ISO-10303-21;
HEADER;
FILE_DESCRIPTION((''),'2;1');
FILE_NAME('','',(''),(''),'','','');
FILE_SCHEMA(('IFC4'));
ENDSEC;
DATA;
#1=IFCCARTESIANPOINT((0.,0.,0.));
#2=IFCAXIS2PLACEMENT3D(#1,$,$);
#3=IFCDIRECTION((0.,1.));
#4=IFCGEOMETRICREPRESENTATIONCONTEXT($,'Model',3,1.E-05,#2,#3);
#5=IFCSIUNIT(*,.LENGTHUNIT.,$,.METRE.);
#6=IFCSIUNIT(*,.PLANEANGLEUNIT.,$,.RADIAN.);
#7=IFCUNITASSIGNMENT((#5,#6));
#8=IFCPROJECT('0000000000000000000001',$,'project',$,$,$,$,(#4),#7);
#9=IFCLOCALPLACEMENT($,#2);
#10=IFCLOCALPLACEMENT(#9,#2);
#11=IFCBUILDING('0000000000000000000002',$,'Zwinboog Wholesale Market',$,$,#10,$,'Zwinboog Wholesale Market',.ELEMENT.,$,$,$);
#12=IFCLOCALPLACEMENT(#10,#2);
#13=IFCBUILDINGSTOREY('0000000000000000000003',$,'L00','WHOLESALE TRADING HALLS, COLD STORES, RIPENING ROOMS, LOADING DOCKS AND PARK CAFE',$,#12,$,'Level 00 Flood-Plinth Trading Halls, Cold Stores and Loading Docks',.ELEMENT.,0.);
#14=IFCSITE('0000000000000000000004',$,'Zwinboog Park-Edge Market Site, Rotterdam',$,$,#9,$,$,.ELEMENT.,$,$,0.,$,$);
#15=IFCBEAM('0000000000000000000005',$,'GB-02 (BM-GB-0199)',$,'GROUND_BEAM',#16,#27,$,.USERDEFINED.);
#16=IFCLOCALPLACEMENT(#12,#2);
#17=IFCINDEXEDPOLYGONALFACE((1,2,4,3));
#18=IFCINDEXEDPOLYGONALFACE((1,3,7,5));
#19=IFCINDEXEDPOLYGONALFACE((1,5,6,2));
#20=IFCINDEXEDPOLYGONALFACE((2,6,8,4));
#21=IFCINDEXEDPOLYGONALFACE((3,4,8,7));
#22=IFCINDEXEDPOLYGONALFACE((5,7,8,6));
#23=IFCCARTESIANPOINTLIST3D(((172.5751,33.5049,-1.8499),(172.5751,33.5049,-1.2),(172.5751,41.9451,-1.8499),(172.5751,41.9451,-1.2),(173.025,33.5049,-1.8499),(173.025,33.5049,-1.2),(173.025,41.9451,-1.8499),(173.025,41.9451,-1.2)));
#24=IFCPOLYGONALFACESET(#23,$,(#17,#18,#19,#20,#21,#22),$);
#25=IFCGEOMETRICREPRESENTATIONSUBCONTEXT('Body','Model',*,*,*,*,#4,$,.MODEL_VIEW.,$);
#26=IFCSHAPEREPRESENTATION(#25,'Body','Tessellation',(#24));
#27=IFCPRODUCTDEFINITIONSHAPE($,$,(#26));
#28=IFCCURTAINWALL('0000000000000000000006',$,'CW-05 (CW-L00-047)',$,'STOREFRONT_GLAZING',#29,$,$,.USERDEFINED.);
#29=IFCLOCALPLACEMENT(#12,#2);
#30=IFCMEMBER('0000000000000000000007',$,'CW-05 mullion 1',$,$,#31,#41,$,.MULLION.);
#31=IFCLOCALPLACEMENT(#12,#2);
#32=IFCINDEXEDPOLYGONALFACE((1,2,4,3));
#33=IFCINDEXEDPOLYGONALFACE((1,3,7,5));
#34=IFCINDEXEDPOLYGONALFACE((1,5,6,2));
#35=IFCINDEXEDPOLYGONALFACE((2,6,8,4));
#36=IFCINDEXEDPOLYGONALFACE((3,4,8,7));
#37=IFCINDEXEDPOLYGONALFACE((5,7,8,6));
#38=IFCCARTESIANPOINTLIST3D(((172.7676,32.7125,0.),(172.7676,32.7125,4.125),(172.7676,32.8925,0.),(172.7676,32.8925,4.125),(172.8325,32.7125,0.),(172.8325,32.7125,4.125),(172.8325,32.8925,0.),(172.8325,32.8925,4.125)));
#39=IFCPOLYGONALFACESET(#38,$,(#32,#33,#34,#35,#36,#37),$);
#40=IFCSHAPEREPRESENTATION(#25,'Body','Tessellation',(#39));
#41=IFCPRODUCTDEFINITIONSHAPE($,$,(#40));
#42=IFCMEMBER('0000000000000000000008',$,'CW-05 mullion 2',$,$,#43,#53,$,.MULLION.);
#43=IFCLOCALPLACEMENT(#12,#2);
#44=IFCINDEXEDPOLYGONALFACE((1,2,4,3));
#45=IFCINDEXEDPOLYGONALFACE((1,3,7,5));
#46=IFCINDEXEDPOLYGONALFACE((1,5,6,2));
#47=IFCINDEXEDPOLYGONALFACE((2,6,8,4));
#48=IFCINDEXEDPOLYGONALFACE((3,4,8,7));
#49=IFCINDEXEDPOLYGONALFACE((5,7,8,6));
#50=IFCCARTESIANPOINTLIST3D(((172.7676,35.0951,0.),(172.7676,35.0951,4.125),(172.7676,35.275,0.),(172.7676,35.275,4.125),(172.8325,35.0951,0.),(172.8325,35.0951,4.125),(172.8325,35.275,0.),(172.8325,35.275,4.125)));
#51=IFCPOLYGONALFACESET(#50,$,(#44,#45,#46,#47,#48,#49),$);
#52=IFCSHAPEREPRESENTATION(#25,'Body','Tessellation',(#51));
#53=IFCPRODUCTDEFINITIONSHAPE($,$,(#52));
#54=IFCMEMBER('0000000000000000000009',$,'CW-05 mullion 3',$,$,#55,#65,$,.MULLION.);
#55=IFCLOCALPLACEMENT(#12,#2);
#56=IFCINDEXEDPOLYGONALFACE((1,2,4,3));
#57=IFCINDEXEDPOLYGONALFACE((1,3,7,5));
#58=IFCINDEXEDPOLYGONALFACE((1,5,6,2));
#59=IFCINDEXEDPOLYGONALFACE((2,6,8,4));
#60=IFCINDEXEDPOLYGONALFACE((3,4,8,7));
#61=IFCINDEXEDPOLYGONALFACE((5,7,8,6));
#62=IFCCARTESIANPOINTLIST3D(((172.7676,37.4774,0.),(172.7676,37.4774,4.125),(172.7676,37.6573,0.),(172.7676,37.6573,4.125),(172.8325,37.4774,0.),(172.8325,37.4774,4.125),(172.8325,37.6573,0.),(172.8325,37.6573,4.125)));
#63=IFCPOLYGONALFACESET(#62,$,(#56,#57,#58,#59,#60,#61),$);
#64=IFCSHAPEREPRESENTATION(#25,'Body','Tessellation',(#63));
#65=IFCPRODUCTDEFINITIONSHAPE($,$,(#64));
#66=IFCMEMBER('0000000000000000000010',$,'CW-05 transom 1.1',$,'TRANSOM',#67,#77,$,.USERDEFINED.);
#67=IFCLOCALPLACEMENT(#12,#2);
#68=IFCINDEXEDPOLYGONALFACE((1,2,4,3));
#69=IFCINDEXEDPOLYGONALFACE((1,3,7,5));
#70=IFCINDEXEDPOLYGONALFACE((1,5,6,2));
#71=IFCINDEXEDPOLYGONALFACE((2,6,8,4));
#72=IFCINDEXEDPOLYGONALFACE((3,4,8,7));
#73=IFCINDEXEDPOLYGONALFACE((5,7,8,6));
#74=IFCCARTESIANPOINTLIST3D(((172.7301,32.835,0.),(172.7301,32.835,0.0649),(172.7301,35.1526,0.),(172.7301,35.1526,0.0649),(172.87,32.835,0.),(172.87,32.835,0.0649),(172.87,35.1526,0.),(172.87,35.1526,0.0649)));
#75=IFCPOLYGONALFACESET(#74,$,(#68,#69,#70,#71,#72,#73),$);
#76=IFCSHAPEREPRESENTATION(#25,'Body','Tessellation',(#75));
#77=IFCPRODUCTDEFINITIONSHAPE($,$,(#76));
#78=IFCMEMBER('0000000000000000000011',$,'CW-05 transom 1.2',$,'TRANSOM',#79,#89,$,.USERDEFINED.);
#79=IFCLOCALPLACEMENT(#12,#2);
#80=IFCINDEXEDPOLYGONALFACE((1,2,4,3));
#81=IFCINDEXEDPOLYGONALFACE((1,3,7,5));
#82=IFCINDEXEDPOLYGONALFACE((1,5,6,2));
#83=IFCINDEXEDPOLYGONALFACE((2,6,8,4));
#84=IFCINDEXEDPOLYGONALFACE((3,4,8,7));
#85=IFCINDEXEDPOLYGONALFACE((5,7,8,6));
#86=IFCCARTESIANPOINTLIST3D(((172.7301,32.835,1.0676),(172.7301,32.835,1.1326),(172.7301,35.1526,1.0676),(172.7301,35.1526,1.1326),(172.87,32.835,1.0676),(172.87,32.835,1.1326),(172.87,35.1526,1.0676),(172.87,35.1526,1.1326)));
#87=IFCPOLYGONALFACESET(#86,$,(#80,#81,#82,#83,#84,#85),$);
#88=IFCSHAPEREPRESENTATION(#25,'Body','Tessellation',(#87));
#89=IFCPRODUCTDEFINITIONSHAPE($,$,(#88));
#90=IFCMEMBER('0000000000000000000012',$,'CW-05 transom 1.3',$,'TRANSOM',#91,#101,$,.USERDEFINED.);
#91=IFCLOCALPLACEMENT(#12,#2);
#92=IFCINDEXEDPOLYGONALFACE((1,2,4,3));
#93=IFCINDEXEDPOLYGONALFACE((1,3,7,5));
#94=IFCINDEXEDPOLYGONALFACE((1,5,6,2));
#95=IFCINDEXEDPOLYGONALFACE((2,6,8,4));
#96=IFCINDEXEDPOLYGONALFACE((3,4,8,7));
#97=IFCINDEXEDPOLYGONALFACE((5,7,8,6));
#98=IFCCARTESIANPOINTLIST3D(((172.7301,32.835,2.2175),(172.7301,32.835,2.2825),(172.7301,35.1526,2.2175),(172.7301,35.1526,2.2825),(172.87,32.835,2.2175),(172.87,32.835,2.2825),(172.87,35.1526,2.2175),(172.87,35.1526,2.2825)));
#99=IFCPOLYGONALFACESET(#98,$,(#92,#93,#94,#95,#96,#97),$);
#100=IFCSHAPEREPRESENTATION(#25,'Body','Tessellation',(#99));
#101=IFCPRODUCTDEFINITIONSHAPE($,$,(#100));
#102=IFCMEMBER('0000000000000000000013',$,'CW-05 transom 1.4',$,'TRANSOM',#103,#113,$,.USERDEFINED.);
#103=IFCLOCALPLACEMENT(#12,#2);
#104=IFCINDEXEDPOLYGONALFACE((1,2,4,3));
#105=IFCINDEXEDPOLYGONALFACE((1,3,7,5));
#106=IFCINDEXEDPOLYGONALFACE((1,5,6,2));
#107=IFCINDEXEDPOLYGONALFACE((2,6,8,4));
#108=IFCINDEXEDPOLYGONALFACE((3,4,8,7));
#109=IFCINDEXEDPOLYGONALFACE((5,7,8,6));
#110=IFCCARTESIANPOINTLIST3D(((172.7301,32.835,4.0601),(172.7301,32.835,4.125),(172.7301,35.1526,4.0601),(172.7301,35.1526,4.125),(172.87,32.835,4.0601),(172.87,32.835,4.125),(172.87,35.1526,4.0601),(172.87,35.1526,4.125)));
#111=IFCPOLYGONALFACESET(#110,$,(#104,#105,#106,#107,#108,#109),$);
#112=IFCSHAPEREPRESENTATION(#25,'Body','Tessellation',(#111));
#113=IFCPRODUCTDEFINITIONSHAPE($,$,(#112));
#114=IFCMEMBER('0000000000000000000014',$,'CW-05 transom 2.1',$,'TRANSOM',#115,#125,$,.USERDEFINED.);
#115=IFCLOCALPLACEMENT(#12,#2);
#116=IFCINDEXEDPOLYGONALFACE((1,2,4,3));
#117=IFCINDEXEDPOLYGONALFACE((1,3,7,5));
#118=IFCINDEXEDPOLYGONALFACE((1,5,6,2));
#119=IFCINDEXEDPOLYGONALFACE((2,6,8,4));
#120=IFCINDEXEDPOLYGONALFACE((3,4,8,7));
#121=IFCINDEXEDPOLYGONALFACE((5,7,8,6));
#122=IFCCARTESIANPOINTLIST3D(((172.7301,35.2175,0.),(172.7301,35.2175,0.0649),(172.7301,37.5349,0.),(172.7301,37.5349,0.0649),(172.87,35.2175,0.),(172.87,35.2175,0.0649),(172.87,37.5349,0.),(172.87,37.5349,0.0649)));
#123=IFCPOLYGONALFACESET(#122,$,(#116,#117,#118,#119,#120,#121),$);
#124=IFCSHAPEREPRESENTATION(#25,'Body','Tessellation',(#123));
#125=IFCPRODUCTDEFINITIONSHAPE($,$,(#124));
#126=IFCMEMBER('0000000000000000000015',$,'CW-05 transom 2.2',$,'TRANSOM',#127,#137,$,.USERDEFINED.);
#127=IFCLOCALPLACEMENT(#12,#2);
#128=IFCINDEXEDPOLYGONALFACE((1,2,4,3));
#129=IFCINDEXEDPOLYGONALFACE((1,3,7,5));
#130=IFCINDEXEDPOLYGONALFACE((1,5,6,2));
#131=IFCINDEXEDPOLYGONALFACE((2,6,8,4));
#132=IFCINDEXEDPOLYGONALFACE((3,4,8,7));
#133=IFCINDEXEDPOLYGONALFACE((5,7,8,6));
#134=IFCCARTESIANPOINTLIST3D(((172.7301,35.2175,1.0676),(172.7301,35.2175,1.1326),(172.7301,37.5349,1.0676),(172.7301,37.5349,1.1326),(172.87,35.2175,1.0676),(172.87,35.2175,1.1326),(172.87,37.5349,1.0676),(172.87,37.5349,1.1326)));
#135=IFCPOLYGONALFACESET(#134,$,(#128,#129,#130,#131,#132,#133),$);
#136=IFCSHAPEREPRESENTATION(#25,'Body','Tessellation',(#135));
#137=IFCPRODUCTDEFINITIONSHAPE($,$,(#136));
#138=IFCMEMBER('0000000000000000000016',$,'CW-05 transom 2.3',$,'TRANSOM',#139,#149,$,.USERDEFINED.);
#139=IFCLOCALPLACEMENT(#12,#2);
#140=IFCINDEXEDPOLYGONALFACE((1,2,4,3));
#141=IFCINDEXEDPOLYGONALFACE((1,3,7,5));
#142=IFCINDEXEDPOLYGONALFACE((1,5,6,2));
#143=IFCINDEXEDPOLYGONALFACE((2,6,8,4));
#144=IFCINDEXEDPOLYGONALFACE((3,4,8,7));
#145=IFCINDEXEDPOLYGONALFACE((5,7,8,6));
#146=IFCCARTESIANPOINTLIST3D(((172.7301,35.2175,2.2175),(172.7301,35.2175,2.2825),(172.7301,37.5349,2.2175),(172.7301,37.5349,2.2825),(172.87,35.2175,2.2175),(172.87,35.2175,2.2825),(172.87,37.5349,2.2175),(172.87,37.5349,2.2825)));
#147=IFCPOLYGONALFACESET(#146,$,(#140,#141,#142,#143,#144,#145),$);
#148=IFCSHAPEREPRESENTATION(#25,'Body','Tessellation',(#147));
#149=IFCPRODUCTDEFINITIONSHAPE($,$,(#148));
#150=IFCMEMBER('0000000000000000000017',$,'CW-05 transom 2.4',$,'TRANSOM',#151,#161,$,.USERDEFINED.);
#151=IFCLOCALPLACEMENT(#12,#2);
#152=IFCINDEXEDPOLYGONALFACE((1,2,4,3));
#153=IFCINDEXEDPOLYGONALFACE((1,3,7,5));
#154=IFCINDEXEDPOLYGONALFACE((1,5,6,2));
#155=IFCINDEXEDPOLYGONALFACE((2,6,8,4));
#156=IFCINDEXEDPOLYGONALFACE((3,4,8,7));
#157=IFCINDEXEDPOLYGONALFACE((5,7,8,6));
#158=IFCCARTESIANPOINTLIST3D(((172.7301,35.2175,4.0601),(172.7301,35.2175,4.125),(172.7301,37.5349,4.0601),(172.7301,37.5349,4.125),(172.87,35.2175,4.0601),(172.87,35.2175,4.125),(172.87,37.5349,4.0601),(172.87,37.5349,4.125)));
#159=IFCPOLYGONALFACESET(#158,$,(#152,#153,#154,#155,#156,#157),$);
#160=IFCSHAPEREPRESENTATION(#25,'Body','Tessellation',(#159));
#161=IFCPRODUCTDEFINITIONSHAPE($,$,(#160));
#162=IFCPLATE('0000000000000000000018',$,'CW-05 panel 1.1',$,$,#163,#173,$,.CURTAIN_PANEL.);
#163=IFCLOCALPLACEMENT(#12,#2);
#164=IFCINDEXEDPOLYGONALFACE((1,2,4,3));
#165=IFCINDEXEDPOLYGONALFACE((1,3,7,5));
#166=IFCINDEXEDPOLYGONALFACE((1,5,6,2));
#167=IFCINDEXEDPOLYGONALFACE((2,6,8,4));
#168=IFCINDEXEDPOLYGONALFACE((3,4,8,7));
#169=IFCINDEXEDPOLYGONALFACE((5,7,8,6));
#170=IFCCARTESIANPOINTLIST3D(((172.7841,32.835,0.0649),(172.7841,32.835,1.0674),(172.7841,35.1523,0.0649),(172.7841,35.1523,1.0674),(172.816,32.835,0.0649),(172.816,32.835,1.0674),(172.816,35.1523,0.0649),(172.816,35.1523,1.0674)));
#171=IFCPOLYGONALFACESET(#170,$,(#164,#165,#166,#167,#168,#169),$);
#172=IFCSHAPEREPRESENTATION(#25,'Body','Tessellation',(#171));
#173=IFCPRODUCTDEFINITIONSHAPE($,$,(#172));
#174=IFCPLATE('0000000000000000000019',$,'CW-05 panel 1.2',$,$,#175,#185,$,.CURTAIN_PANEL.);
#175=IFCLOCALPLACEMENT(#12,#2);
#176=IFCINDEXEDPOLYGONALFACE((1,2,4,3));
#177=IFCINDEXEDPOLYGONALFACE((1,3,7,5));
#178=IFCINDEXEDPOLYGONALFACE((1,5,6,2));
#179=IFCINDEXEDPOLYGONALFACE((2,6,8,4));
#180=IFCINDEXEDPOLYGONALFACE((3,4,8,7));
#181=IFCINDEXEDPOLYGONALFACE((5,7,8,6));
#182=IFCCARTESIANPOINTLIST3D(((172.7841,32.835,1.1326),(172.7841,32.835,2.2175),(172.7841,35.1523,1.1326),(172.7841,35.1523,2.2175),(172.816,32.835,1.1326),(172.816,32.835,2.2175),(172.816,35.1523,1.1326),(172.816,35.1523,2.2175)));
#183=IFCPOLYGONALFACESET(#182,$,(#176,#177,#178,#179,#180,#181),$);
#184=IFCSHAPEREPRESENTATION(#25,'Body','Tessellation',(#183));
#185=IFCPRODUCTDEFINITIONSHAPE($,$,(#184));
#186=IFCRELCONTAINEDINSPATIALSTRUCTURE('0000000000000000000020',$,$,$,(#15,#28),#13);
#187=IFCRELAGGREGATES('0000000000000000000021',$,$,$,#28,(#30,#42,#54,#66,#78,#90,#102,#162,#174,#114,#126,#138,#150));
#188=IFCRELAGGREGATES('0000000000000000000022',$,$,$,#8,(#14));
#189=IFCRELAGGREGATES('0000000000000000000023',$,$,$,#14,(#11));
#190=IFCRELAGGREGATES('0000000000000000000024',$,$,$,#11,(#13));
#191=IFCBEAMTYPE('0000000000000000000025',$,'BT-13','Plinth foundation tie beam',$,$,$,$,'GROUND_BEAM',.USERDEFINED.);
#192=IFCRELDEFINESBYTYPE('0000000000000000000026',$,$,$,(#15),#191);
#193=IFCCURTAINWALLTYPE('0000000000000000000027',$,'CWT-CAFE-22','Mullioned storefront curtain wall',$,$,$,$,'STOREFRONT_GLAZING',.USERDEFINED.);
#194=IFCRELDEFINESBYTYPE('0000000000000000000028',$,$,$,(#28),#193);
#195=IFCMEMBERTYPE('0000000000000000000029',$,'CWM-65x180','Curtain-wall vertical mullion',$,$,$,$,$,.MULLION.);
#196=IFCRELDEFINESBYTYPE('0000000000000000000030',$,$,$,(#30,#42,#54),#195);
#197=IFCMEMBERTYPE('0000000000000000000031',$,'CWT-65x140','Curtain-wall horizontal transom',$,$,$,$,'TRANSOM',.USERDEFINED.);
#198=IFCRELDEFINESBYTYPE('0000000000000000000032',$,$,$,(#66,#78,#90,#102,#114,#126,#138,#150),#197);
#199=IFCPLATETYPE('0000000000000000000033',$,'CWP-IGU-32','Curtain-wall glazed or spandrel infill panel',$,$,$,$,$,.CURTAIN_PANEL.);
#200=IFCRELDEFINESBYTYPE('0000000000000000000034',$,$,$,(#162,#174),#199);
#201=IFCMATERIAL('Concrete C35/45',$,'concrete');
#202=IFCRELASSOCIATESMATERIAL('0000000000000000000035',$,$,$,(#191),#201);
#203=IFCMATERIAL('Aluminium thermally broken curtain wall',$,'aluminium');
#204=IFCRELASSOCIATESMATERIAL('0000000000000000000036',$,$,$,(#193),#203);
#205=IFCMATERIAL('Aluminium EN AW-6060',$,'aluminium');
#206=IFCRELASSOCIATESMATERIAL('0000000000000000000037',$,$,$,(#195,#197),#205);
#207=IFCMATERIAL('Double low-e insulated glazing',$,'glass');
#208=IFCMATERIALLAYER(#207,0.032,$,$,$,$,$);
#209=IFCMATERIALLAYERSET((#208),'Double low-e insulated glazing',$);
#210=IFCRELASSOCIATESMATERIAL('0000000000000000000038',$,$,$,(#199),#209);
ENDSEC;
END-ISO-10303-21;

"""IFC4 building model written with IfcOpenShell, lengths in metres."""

from ifc_helpers import new_model, si_unit, direction, frame, origin, origin_2d, place, context, subcontext, project, spatial, rectangle, extrude, material, layer, layer_set, material_profile, profile_set, type_object, element, aggregate, save


model = new_model("IFC4")

# Units and contexts
model_context = context("Model", 3, precision=1e-05, world=origin(), true_north=direction((0.0, 1.0)))
body_context = subcontext(model_context, "Body", "Model", "MODEL_VIEW")
ifc_project = project(units=[si_unit("LENGTHUNIT", "METRE"), si_unit("PLANEANGLEUNIT", "RADIAN")], contexts=[model_context])

# Site, building, storey
site_placement = place(None, origin())
site = spatial("IfcSite", under=ifc_project, at=site_placement, Name="Zwinboog Park-Edge Market Site, Rotterdam", CompositionType="ELEMENT", RefElevation=0.0)
building_placement = place(site_placement, origin())
building = spatial("IfcBuilding", under=site, at=building_placement, Name="Zwinboog Wholesale Market", LongName="Zwinboog Wholesale Market", CompositionType="ELEMENT")
storey_placement = place(building_placement, origin())
storey = spatial("IfcBuildingStorey", under=building, at=storey_placement, Name="L00", Description="WHOLESALE TRADING HALLS, COLD STORES, RIPENING ROOMS, LOADING DOCKS AND PARK CAFE", LongName="Level 00 Flood-Plinth Trading Halls, Cold Stores and Loading Docks", CompositionType="ELEMENT", Elevation=0.0)

# Beam
ifc_material_1 = material(Name="Concrete C35/45", Category="concrete")
ifc_material_profile_1 = material_profile(ifc_material_1, rectangle(XDim=0.45, YDim=0.6499, at=origin_2d()), Name="RC 450x650")
ifc_profile_set_1 = profile_set([ifc_material_profile_1], Name="Concrete C35/45")
beam_type = type_object("IfcBeamType", Name="BT-13", Description="Plinth foundation tie beam", ElementType="GROUND_BEAM", PredefinedType="USERDEFINED", material=ifc_profile_set_1)
beam_placement = place(storey_placement, frame((172.8, 33.5049, -1.5249), z_axis=(0.0, 1.0, 0.0), x_axis=(-1.0, 0.0, 0.0)))
element("IfcBeam", 1, at=beam_placement, inside=storey, type_object=beam_type, Name="GB-02 (BM-GB-0199)", ObjectType="GROUND_BEAM", PredefinedType="USERDEFINED", context=body_context, shape_type="SweptSolid", body=[
    extrude(rectangle(XDim=0.45, YDim=0.6499, at=origin_2d()), origin(), (0.0, 0.0, 1.0), 8.4402),
])

# Curtain wall, members, plates
ifc_material_2 = material(Name="Aluminium thermally broken curtain wall", Category="aluminium")
curtain_wall_type = type_object("IfcCurtainWallType", Name="CWT-CAFE-22", Description="Mullioned storefront curtain wall", ElementType="STOREFRONT_GLAZING", PredefinedType="USERDEFINED", material=ifc_material_2)
curtain_wall_placement = place(storey_placement, origin())
curtain_wall = element("IfcCurtainWall", 2, at=curtain_wall_placement, inside=storey, type_object=curtain_wall_type, Name="CW-05 (CW-L00-047)", ObjectType="STOREFRONT_GLAZING", PredefinedType="USERDEFINED")
ifc_material_3 = material(Name="Aluminium EN AW-6060", Category="aluminium")
ifc_material_profile_2 = material_profile(ifc_material_3, rectangle(XDim=0.0649, YDim=0.1799, at=origin_2d()), Name="AL 65x180")
ifc_profile_set_2 = profile_set([ifc_material_profile_2], Name="Aluminium EN AW-6060")
member_type_1 = type_object("IfcMemberType", Name="CWM-65x180", Description="Curtain-wall vertical mullion", PredefinedType="MULLION", material=ifc_profile_set_2)
member_1_placement = place(storey_placement, frame((172.8, 32.8025, 0.0), z_axis=(0.0, 0.0, 1.0), x_axis=(-1.0, 0.0, 0.0)))
member_1 = element("IfcMember", 3, at=member_1_placement, type_object=member_type_1, Name="CW-05 mullion 1", PredefinedType="MULLION", context=body_context, shape_type="SweptSolid", body=[
    extrude(rectangle(XDim=0.0649, YDim=0.1799, at=origin_2d()), origin(), (0.0, 0.0, 1.0), 4.125),
])
member_2_placement = place(storey_placement, frame((172.8, 35.1851, 0.0), z_axis=(0.0, 0.0, 1.0), x_axis=(-1.0, 0.0, 0.0)))
member_2 = element("IfcMember", 4, at=member_2_placement, type_object=member_type_1, Name="CW-05 mullion 2", PredefinedType="MULLION", context=body_context, shape_type="SweptSolid", body=[
    extrude(rectangle(XDim=0.0649, YDim=0.1799, at=origin_2d()), origin(), (0.0, 0.0, 1.0), 4.125),
])
member_3_placement = place(storey_placement, frame((172.8, 37.5674, 0.0), z_axis=(0.0, 0.0, 1.0), x_axis=(-1.0, 0.0, 0.0)))
member_3 = element("IfcMember", 5, at=member_3_placement, type_object=member_type_1, Name="CW-05 mullion 3", PredefinedType="MULLION", context=body_context, shape_type="SweptSolid", body=[
    extrude(rectangle(XDim=0.0649, YDim=0.1799, at=origin_2d()), origin(), (0.0, 0.0, 1.0), 4.125),
])
ifc_material_profile_3 = material_profile(ifc_material_3, rectangle(XDim=0.1399, YDim=0.0649, at=origin_2d()), Name="AL 65x140")
ifc_profile_set_3 = profile_set([ifc_material_profile_3], Name="Aluminium EN AW-6060")
member_type_2 = type_object("IfcMemberType", Name="CWT-65x140", Description="Curtain-wall horizontal transom", ElementType="TRANSOM", PredefinedType="USERDEFINED", material=ifc_profile_set_3)
member_4_placement = place(storey_placement, frame((172.8, 32.835, 0.0325), z_axis=(0.0, 1.0, 0.0), x_axis=(-1.0, 0.0, 0.0)))
member_4 = element("IfcMember", 6, at=member_4_placement, type_object=member_type_2, Name="CW-05 transom 1.1", ObjectType="TRANSOM", PredefinedType="USERDEFINED", context=body_context, shape_type="SweptSolid", body=[
    extrude(rectangle(XDim=0.1399, YDim=0.0649, at=origin_2d()), origin(), (0.0, 0.0, 1.0), 2.3176),
])
member_5_placement = place(storey_placement, frame((172.8, 32.835, 1.1001), z_axis=(0.0, 1.0, 0.0), x_axis=(-1.0, 0.0, 0.0)))
member_5 = element("IfcMember", 7, at=member_5_placement, type_object=member_type_2, Name="CW-05 transom 1.2", ObjectType="TRANSOM", PredefinedType="USERDEFINED", context=body_context, shape_type="SweptSolid", body=[
    extrude(rectangle(XDim=0.1399, YDim=0.0649, at=origin_2d()), origin(), (0.0, 0.0, 1.0), 2.3176),
])
member_6_placement = place(storey_placement, frame((172.8, 32.835, 2.25), z_axis=(0.0, 1.0, 0.0), x_axis=(-1.0, 0.0, 0.0)))
member_6 = element("IfcMember", 8, at=member_6_placement, type_object=member_type_2, Name="CW-05 transom 1.3", ObjectType="TRANSOM", PredefinedType="USERDEFINED", context=body_context, shape_type="SweptSolid", body=[
    extrude(rectangle(XDim=0.1399, YDim=0.0649, at=origin_2d()), origin(), (0.0, 0.0, 1.0), 2.3176),
])
member_7_placement = place(storey_placement, frame((172.8, 32.835, 4.0925), z_axis=(0.0, 1.0, 0.0), x_axis=(-1.0, 0.0, 0.0)))
member_7 = element("IfcMember", 9, at=member_7_placement, type_object=member_type_2, Name="CW-05 transom 1.4", ObjectType="TRANSOM", PredefinedType="USERDEFINED", context=body_context, shape_type="SweptSolid", body=[
    extrude(rectangle(XDim=0.1399, YDim=0.0649, at=origin_2d()), origin(), (0.0, 0.0, 1.0), 2.3176),
])
member_8_placement = place(storey_placement, frame((172.8, 35.2175, 0.0325), z_axis=(0.0, 1.0, 0.0), x_axis=(-1.0, 0.0, 0.0)))
member_8 = element("IfcMember", 10, at=member_8_placement, type_object=member_type_2, Name="CW-05 transom 2.1", ObjectType="TRANSOM", PredefinedType="USERDEFINED", context=body_context, shape_type="SweptSolid", body=[
    extrude(rectangle(XDim=0.1399, YDim=0.0649, at=origin_2d()), origin(), (0.0, 0.0, 1.0), 2.3174),
])
member_9_placement = place(storey_placement, frame((172.8, 35.2175, 1.1001), z_axis=(0.0, 1.0, 0.0), x_axis=(-1.0, 0.0, 0.0)))
member_9 = element("IfcMember", 11, at=member_9_placement, type_object=member_type_2, Name="CW-05 transom 2.2", ObjectType="TRANSOM", PredefinedType="USERDEFINED", context=body_context, shape_type="SweptSolid", body=[
    extrude(rectangle(XDim=0.1399, YDim=0.0649, at=origin_2d()), origin(), (0.0, 0.0, 1.0), 2.3174),
])
member_10_placement = place(storey_placement, frame((172.8, 35.2175, 2.25), z_axis=(0.0, 1.0, 0.0), x_axis=(-1.0, 0.0, 0.0)))
member_10 = element("IfcMember", 12, at=member_10_placement, type_object=member_type_2, Name="CW-05 transom 2.3", ObjectType="TRANSOM", PredefinedType="USERDEFINED", context=body_context, shape_type="SweptSolid", body=[
    extrude(rectangle(XDim=0.1399, YDim=0.0649, at=origin_2d()), origin(), (0.0, 0.0, 1.0), 2.3174),
])
member_11_placement = place(storey_placement, frame((172.8, 35.2175, 4.0925), z_axis=(0.0, 1.0, 0.0), x_axis=(-1.0, 0.0, 0.0)))
member_11 = element("IfcMember", 13, at=member_11_placement, type_object=member_type_2, Name="CW-05 transom 2.4", ObjectType="TRANSOM", PredefinedType="USERDEFINED", context=body_context, shape_type="SweptSolid", body=[
    extrude(rectangle(XDim=0.1399, YDim=0.0649, at=origin_2d()), origin(), (0.0, 0.0, 1.0), 2.3174),
])
ifc_material_4 = material(Name="Double low-e insulated glazing", Category="glass")
ifc_layer_1 = layer(ifc_material_4, 0.032)
ifc_layer_set_1 = layer_set([ifc_layer_1], Name="Double low-e insulated glazing")
plate_type = type_object("IfcPlateType", Name="CWP-IGU-32", Description="Curtain-wall glazed or spandrel infill panel", PredefinedType="CURTAIN_PANEL", material=ifc_layer_set_1)
plate_1_placement = place(storey_placement, frame((172.8, 33.9937, 0.0649), z_axis=(0.0, 0.0, 1.0), x_axis=(0.0, 1.0, 0.0)))
plate_1 = element("IfcPlate", 14, at=plate_1_placement, type_object=plate_type, Name="CW-05 panel 1.1", PredefinedType="CURTAIN_PANEL", context=body_context, shape_type="SweptSolid", body=[
    extrude(rectangle(XDim=2.3174, YDim=0.032, at=origin_2d()), origin(), (0.0, 0.0, 1.0), 1.0024),
])
plate_2_placement = place(storey_placement, frame((172.8, 33.9937, 1.1326), z_axis=(0.0, 0.0, 1.0), x_axis=(0.0, 1.0, 0.0)))
plate_2 = element("IfcPlate", 15, at=plate_2_placement, type_object=plate_type, Name="CW-05 panel 1.2", PredefinedType="CURTAIN_PANEL", context=body_context, shape_type="SweptSolid", body=[
    extrude(rectangle(XDim=2.3174, YDim=0.032, at=origin_2d()), origin(), (0.0, 0.0, 1.0), 1.085),
])
aggregate(curtain_wall, [member_1, member_2, member_3, member_4, member_5, member_6, member_7, plate_1, plate_2, member_8, member_9, member_10, member_11])

save(model, "model.ifc")
